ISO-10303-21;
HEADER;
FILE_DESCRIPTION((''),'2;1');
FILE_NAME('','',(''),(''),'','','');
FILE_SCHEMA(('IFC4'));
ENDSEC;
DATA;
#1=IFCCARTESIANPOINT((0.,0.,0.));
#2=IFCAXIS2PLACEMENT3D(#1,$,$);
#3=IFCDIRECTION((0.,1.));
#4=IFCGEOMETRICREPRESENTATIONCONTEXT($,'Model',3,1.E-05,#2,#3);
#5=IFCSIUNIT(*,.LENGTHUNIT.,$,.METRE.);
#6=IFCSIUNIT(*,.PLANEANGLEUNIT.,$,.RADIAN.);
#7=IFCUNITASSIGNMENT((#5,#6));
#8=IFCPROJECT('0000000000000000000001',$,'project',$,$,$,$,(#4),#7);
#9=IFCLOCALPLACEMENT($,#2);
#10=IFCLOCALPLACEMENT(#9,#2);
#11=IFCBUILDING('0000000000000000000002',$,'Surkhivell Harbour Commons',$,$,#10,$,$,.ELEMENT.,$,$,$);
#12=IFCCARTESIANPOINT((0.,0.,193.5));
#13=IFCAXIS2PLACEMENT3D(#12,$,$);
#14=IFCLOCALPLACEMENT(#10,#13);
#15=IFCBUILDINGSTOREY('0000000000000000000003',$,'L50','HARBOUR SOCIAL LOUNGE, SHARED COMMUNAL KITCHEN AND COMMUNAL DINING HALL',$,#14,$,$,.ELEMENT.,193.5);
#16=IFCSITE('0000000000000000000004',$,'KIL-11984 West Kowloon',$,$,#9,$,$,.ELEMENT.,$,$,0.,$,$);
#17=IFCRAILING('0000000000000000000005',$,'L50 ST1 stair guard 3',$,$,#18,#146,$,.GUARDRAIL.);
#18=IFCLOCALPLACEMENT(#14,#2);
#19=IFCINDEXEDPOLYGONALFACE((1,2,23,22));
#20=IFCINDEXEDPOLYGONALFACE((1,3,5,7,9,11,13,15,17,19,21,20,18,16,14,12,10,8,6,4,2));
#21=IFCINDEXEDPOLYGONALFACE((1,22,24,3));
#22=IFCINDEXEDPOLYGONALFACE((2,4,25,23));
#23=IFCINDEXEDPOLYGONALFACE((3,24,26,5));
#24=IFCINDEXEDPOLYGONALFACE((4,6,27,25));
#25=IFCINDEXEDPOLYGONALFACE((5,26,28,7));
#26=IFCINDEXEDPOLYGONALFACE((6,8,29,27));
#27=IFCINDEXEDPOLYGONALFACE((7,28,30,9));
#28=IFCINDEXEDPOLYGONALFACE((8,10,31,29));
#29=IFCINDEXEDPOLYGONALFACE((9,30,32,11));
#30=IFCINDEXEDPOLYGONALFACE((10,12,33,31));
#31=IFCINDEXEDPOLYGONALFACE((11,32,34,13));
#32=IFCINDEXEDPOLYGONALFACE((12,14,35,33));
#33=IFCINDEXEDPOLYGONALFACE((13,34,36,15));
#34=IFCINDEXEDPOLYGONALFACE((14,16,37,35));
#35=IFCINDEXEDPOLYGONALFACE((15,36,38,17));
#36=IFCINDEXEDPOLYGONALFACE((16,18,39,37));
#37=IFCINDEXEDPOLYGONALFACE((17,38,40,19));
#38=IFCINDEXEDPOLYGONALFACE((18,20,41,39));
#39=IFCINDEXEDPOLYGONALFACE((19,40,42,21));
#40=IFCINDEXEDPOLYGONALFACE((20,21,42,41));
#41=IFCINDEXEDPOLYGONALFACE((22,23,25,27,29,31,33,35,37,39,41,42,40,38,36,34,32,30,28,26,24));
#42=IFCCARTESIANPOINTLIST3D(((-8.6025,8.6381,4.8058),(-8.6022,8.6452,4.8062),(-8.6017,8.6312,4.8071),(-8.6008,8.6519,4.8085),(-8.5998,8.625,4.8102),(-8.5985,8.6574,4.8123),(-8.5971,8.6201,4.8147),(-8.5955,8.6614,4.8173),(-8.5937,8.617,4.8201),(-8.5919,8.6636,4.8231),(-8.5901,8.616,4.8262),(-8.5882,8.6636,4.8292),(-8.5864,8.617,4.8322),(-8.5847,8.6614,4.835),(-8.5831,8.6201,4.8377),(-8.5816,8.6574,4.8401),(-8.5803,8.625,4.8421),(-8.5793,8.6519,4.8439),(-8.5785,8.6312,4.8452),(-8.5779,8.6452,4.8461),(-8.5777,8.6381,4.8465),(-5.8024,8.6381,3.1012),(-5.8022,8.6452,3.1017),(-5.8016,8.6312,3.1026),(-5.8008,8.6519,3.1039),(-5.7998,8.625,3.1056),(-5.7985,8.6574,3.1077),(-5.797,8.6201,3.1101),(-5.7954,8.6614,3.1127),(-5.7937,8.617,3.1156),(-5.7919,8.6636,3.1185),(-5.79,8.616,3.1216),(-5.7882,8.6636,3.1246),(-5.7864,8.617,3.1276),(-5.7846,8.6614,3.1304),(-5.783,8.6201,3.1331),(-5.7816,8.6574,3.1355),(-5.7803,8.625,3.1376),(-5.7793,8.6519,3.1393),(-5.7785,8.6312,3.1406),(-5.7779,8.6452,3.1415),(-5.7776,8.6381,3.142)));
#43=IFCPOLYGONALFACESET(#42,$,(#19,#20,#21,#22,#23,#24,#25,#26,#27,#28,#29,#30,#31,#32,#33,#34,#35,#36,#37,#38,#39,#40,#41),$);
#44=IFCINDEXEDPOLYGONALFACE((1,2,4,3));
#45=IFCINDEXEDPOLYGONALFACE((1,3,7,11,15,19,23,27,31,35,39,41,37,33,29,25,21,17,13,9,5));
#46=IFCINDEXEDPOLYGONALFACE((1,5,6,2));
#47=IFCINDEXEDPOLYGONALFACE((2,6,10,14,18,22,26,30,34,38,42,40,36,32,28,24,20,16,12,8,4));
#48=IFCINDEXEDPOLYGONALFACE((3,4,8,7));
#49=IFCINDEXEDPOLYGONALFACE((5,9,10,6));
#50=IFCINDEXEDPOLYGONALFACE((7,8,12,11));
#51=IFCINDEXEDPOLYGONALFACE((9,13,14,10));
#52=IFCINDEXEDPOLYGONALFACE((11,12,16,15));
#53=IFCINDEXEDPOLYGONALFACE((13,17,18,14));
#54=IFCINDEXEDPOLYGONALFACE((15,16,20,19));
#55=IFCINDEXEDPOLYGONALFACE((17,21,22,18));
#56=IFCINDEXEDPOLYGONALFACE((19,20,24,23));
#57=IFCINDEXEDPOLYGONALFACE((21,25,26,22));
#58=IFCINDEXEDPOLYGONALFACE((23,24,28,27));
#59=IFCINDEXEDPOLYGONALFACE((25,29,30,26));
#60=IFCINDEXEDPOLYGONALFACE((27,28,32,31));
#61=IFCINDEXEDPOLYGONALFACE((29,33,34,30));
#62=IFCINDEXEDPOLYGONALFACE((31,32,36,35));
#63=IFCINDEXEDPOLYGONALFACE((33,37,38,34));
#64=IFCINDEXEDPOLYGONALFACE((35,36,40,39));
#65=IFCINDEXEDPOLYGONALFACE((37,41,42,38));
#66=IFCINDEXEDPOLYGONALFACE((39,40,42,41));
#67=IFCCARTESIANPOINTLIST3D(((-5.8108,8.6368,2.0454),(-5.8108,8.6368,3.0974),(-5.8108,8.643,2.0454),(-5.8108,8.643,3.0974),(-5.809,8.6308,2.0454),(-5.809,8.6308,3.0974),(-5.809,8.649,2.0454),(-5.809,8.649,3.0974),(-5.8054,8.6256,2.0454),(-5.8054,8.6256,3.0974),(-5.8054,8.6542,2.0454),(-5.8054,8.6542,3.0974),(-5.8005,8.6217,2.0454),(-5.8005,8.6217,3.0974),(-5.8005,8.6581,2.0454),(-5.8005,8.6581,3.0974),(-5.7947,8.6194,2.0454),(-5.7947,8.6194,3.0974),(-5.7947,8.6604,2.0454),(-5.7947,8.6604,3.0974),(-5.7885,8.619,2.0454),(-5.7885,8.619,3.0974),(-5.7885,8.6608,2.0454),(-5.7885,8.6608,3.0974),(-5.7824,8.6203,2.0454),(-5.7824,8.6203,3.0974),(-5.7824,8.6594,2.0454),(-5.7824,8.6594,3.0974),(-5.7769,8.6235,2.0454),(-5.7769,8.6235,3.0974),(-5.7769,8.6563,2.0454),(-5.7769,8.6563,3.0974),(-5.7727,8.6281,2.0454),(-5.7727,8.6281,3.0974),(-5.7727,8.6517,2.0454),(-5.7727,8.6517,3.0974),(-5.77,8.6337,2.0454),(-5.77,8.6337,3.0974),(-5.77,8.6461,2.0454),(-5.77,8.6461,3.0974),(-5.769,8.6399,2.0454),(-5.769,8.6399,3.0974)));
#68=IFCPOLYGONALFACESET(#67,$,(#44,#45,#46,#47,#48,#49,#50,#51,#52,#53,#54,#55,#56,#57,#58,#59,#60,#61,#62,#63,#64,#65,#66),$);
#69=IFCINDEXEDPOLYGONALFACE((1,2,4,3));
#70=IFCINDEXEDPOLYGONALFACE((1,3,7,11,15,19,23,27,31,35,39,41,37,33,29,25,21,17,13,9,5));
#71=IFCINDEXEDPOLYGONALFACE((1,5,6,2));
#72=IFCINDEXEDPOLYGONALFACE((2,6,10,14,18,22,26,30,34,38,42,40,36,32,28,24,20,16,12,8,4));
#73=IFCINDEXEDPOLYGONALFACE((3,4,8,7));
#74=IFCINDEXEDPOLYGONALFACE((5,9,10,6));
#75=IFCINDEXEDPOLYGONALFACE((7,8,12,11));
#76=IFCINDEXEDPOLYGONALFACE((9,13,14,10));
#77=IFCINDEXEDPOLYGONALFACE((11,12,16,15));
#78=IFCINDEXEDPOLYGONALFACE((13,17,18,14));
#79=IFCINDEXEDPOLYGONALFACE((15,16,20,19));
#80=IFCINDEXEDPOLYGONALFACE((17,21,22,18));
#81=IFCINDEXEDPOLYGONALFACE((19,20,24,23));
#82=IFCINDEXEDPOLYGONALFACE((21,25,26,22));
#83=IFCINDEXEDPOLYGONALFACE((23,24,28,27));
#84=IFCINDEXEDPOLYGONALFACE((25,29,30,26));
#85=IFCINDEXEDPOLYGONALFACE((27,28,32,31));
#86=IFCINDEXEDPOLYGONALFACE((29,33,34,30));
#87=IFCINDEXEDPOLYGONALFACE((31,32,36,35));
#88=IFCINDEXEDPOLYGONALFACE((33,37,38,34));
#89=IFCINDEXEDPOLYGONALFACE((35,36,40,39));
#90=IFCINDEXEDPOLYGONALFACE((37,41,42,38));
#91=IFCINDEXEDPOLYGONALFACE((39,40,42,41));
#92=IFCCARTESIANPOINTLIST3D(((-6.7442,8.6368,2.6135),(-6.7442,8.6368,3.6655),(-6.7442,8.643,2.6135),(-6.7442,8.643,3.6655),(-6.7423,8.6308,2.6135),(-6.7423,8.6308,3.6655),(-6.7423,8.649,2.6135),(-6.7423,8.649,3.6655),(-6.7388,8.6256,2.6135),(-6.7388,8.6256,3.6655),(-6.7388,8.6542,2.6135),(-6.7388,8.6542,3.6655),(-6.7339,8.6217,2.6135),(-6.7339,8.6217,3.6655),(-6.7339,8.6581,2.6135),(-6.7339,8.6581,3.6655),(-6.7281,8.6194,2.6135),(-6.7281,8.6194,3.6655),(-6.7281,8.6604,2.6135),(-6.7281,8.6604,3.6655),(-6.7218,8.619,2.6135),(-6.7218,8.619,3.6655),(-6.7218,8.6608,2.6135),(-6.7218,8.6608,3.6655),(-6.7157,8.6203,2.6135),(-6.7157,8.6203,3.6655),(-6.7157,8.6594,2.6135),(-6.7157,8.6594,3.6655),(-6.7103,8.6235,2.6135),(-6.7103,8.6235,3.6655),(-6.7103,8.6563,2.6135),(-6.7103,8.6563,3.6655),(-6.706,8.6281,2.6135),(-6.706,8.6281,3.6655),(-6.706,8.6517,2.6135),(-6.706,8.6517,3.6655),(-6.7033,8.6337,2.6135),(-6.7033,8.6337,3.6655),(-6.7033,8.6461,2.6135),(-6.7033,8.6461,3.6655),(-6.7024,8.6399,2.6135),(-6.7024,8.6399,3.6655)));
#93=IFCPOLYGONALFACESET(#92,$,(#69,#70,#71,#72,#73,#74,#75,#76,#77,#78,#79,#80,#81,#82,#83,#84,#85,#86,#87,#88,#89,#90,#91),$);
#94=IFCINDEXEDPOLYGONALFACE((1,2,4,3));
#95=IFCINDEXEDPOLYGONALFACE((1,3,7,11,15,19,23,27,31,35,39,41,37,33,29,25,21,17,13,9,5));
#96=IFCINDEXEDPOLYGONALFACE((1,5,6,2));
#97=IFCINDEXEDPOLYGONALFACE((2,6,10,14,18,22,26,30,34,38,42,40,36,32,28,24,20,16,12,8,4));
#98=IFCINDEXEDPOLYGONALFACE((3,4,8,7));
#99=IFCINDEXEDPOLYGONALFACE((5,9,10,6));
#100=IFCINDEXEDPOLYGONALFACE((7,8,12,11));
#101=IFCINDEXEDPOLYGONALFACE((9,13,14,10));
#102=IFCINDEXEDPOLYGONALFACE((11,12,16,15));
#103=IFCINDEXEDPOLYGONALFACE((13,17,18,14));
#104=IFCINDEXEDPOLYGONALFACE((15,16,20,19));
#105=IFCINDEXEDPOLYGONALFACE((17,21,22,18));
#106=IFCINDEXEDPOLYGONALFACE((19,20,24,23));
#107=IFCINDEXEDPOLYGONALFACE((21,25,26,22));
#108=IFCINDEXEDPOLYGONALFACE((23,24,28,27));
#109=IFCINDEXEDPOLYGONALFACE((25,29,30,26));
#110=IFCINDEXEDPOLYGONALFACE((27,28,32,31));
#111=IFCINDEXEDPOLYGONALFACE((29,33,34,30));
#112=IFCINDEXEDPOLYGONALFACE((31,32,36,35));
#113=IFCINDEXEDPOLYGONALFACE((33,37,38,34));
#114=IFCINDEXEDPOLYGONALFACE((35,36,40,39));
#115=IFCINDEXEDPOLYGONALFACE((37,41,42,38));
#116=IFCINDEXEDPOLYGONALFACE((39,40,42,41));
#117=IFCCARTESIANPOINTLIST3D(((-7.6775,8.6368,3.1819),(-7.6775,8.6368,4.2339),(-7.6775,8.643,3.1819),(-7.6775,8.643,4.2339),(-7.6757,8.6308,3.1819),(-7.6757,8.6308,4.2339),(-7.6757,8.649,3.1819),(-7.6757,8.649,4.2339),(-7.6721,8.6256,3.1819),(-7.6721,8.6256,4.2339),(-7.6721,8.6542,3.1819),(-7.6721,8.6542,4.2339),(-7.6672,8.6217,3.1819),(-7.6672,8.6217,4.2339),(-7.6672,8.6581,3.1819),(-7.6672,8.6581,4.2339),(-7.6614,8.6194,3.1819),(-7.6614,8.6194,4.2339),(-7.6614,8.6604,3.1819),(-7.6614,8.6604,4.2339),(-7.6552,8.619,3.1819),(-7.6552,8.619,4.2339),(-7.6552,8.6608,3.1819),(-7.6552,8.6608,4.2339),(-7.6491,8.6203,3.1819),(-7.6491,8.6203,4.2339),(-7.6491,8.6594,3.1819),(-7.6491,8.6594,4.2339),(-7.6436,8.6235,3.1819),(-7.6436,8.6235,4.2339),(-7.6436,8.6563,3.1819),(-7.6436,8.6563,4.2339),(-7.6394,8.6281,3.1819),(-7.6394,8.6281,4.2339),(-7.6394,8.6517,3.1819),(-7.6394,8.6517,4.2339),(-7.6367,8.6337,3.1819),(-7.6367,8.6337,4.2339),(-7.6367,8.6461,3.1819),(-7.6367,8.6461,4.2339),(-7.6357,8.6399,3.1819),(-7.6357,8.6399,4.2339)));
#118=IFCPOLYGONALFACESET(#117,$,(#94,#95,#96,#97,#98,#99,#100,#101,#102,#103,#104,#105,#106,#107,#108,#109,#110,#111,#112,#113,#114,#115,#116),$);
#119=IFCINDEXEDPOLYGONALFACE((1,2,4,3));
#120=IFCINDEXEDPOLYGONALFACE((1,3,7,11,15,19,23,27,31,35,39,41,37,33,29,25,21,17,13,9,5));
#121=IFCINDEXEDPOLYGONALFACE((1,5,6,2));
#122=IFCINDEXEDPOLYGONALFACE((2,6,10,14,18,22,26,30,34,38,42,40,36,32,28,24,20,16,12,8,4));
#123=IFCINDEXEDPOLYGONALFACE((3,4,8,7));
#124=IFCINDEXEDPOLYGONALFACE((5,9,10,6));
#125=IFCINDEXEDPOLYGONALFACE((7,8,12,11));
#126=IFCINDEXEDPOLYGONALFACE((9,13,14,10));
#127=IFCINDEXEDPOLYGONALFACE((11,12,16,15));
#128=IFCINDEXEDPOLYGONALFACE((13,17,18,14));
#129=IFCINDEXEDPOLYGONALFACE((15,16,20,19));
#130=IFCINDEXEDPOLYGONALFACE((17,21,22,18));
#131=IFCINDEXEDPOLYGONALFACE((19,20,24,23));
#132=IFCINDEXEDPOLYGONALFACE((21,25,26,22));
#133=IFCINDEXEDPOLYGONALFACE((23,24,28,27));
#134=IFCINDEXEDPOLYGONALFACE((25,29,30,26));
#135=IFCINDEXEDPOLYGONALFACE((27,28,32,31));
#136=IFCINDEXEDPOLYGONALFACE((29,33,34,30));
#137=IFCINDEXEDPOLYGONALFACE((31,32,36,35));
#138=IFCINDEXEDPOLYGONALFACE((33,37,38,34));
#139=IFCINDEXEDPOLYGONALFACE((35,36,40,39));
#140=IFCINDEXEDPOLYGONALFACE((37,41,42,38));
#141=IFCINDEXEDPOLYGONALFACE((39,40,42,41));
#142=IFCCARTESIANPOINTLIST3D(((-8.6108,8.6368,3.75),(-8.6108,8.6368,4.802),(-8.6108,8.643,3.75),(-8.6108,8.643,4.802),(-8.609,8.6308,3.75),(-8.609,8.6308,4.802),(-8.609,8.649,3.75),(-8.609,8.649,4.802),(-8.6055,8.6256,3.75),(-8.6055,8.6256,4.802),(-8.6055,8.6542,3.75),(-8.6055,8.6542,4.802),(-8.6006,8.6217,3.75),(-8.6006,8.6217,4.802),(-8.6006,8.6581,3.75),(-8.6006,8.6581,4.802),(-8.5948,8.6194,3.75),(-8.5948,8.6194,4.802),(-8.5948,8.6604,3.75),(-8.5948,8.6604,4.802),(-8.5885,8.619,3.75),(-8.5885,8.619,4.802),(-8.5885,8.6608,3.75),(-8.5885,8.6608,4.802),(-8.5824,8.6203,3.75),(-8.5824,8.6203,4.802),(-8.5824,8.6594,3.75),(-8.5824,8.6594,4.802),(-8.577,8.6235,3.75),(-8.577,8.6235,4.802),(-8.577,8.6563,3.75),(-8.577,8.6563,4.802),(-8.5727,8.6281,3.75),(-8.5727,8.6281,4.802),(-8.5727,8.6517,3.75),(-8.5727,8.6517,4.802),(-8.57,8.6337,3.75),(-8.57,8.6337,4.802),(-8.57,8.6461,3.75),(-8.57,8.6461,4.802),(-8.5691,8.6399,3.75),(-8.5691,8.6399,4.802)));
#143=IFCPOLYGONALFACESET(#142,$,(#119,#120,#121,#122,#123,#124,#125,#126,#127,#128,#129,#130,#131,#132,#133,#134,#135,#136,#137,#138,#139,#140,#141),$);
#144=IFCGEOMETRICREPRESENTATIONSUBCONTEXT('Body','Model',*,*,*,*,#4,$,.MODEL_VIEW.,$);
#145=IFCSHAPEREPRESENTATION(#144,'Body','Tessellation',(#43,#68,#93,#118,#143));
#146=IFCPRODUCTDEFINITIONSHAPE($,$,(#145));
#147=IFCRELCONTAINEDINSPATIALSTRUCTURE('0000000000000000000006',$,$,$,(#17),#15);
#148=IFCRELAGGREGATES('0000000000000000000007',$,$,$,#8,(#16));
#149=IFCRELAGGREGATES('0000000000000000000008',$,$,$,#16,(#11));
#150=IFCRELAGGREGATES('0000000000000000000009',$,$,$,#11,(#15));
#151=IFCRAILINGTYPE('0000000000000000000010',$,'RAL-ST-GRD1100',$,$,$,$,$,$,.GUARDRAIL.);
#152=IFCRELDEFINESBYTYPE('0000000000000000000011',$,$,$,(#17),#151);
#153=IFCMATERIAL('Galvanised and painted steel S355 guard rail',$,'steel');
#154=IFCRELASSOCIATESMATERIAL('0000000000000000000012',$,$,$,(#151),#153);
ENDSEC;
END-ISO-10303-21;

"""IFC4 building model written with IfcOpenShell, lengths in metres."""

from ifc_helpers import new_model, si_unit, direction, frame, origin, origin_2d, place, context, subcontext, project, spatial, circle, extrude, material, type_object, element, save


model = new_model("IFC4")

# Units and contexts
model_context = context("Model", 3, precision=1e-05, world=origin(), true_north=direction((0.0, 1.0)))
body_context = subcontext(model_context, "Body", "Model", "MODEL_VIEW")
ifc_project = project(units=[si_unit("LENGTHUNIT", "METRE"), si_unit("PLANEANGLEUNIT", "RADIAN")], contexts=[model_context])

# Site, building, storey
site_placement = place(None, origin())
site = spatial("IfcSite", under=ifc_project, at=site_placement, Name="KIL-11984 West Kowloon", CompositionType="ELEMENT", RefElevation=0.0)
building_placement = place(site_placement, origin())
building = spatial("IfcBuilding", under=site, at=building_placement, Name="Surkhivell Harbour Commons", CompositionType="ELEMENT")
storey_placement = place(building_placement, frame((0.0, 0.0, 193.5)))
storey = spatial("IfcBuildingStorey", under=building, at=storey_placement, Name="L50", Description="HARBOUR SOCIAL LOUNGE, SHARED COMMUNAL KITCHEN AND COMMUNAL DINING HALL", CompositionType="ELEMENT", Elevation=193.5)

# Railing
ifc_material_1 = material(Name="Galvanised and painted steel S355 guard rail", Category="steel")
railing_type_1 = type_object("IfcRailingType", Name="RAL-ST-GRD1100", PredefinedType="GUARDRAIL", material=ifc_material_1)
railing_1_placement = place(storey_placement, frame((-5.79, 8.6399, 2.0454)))
element("IfcRailing", 1, at=railing_1_placement, inside=storey, type_object=railing_type_1, Name="L50 ST1 stair guard 3", PredefinedType="GUARDRAIL", context=body_context, shape_type="SweptSolid", body=[
    extrude(circle(Radius=0.0239, at=origin_2d()), frame((0.0, 0.0, 1.0762), z_axis=(-0.85417, 0.0, 0.519994), x_axis=(0.0, -1.0, 0.0)), (0.0, 0.0, 1.0), 3.2781),
    extrude(circle(Radius=0.021, at=origin_2d()), origin(), (0.0, 0.0, 1.0), 1.052),
    extrude(circle(Radius=0.021, at=origin_2d()), frame((-0.9333, 0.0, 0.5681)), (0.0, 0.0, 1.0), 1.052),
    extrude(circle(Radius=0.021, at=origin_2d()), frame((-1.8667, 0.0, 1.1365)), (0.0, 0.0, 1.0), 1.052),
    extrude(circle(Radius=0.021, at=origin_2d()), frame((-2.8, 0.0, 1.7046)), (0.0, 0.0, 1.0), 1.052),
])

save(model, "model.ifc")
